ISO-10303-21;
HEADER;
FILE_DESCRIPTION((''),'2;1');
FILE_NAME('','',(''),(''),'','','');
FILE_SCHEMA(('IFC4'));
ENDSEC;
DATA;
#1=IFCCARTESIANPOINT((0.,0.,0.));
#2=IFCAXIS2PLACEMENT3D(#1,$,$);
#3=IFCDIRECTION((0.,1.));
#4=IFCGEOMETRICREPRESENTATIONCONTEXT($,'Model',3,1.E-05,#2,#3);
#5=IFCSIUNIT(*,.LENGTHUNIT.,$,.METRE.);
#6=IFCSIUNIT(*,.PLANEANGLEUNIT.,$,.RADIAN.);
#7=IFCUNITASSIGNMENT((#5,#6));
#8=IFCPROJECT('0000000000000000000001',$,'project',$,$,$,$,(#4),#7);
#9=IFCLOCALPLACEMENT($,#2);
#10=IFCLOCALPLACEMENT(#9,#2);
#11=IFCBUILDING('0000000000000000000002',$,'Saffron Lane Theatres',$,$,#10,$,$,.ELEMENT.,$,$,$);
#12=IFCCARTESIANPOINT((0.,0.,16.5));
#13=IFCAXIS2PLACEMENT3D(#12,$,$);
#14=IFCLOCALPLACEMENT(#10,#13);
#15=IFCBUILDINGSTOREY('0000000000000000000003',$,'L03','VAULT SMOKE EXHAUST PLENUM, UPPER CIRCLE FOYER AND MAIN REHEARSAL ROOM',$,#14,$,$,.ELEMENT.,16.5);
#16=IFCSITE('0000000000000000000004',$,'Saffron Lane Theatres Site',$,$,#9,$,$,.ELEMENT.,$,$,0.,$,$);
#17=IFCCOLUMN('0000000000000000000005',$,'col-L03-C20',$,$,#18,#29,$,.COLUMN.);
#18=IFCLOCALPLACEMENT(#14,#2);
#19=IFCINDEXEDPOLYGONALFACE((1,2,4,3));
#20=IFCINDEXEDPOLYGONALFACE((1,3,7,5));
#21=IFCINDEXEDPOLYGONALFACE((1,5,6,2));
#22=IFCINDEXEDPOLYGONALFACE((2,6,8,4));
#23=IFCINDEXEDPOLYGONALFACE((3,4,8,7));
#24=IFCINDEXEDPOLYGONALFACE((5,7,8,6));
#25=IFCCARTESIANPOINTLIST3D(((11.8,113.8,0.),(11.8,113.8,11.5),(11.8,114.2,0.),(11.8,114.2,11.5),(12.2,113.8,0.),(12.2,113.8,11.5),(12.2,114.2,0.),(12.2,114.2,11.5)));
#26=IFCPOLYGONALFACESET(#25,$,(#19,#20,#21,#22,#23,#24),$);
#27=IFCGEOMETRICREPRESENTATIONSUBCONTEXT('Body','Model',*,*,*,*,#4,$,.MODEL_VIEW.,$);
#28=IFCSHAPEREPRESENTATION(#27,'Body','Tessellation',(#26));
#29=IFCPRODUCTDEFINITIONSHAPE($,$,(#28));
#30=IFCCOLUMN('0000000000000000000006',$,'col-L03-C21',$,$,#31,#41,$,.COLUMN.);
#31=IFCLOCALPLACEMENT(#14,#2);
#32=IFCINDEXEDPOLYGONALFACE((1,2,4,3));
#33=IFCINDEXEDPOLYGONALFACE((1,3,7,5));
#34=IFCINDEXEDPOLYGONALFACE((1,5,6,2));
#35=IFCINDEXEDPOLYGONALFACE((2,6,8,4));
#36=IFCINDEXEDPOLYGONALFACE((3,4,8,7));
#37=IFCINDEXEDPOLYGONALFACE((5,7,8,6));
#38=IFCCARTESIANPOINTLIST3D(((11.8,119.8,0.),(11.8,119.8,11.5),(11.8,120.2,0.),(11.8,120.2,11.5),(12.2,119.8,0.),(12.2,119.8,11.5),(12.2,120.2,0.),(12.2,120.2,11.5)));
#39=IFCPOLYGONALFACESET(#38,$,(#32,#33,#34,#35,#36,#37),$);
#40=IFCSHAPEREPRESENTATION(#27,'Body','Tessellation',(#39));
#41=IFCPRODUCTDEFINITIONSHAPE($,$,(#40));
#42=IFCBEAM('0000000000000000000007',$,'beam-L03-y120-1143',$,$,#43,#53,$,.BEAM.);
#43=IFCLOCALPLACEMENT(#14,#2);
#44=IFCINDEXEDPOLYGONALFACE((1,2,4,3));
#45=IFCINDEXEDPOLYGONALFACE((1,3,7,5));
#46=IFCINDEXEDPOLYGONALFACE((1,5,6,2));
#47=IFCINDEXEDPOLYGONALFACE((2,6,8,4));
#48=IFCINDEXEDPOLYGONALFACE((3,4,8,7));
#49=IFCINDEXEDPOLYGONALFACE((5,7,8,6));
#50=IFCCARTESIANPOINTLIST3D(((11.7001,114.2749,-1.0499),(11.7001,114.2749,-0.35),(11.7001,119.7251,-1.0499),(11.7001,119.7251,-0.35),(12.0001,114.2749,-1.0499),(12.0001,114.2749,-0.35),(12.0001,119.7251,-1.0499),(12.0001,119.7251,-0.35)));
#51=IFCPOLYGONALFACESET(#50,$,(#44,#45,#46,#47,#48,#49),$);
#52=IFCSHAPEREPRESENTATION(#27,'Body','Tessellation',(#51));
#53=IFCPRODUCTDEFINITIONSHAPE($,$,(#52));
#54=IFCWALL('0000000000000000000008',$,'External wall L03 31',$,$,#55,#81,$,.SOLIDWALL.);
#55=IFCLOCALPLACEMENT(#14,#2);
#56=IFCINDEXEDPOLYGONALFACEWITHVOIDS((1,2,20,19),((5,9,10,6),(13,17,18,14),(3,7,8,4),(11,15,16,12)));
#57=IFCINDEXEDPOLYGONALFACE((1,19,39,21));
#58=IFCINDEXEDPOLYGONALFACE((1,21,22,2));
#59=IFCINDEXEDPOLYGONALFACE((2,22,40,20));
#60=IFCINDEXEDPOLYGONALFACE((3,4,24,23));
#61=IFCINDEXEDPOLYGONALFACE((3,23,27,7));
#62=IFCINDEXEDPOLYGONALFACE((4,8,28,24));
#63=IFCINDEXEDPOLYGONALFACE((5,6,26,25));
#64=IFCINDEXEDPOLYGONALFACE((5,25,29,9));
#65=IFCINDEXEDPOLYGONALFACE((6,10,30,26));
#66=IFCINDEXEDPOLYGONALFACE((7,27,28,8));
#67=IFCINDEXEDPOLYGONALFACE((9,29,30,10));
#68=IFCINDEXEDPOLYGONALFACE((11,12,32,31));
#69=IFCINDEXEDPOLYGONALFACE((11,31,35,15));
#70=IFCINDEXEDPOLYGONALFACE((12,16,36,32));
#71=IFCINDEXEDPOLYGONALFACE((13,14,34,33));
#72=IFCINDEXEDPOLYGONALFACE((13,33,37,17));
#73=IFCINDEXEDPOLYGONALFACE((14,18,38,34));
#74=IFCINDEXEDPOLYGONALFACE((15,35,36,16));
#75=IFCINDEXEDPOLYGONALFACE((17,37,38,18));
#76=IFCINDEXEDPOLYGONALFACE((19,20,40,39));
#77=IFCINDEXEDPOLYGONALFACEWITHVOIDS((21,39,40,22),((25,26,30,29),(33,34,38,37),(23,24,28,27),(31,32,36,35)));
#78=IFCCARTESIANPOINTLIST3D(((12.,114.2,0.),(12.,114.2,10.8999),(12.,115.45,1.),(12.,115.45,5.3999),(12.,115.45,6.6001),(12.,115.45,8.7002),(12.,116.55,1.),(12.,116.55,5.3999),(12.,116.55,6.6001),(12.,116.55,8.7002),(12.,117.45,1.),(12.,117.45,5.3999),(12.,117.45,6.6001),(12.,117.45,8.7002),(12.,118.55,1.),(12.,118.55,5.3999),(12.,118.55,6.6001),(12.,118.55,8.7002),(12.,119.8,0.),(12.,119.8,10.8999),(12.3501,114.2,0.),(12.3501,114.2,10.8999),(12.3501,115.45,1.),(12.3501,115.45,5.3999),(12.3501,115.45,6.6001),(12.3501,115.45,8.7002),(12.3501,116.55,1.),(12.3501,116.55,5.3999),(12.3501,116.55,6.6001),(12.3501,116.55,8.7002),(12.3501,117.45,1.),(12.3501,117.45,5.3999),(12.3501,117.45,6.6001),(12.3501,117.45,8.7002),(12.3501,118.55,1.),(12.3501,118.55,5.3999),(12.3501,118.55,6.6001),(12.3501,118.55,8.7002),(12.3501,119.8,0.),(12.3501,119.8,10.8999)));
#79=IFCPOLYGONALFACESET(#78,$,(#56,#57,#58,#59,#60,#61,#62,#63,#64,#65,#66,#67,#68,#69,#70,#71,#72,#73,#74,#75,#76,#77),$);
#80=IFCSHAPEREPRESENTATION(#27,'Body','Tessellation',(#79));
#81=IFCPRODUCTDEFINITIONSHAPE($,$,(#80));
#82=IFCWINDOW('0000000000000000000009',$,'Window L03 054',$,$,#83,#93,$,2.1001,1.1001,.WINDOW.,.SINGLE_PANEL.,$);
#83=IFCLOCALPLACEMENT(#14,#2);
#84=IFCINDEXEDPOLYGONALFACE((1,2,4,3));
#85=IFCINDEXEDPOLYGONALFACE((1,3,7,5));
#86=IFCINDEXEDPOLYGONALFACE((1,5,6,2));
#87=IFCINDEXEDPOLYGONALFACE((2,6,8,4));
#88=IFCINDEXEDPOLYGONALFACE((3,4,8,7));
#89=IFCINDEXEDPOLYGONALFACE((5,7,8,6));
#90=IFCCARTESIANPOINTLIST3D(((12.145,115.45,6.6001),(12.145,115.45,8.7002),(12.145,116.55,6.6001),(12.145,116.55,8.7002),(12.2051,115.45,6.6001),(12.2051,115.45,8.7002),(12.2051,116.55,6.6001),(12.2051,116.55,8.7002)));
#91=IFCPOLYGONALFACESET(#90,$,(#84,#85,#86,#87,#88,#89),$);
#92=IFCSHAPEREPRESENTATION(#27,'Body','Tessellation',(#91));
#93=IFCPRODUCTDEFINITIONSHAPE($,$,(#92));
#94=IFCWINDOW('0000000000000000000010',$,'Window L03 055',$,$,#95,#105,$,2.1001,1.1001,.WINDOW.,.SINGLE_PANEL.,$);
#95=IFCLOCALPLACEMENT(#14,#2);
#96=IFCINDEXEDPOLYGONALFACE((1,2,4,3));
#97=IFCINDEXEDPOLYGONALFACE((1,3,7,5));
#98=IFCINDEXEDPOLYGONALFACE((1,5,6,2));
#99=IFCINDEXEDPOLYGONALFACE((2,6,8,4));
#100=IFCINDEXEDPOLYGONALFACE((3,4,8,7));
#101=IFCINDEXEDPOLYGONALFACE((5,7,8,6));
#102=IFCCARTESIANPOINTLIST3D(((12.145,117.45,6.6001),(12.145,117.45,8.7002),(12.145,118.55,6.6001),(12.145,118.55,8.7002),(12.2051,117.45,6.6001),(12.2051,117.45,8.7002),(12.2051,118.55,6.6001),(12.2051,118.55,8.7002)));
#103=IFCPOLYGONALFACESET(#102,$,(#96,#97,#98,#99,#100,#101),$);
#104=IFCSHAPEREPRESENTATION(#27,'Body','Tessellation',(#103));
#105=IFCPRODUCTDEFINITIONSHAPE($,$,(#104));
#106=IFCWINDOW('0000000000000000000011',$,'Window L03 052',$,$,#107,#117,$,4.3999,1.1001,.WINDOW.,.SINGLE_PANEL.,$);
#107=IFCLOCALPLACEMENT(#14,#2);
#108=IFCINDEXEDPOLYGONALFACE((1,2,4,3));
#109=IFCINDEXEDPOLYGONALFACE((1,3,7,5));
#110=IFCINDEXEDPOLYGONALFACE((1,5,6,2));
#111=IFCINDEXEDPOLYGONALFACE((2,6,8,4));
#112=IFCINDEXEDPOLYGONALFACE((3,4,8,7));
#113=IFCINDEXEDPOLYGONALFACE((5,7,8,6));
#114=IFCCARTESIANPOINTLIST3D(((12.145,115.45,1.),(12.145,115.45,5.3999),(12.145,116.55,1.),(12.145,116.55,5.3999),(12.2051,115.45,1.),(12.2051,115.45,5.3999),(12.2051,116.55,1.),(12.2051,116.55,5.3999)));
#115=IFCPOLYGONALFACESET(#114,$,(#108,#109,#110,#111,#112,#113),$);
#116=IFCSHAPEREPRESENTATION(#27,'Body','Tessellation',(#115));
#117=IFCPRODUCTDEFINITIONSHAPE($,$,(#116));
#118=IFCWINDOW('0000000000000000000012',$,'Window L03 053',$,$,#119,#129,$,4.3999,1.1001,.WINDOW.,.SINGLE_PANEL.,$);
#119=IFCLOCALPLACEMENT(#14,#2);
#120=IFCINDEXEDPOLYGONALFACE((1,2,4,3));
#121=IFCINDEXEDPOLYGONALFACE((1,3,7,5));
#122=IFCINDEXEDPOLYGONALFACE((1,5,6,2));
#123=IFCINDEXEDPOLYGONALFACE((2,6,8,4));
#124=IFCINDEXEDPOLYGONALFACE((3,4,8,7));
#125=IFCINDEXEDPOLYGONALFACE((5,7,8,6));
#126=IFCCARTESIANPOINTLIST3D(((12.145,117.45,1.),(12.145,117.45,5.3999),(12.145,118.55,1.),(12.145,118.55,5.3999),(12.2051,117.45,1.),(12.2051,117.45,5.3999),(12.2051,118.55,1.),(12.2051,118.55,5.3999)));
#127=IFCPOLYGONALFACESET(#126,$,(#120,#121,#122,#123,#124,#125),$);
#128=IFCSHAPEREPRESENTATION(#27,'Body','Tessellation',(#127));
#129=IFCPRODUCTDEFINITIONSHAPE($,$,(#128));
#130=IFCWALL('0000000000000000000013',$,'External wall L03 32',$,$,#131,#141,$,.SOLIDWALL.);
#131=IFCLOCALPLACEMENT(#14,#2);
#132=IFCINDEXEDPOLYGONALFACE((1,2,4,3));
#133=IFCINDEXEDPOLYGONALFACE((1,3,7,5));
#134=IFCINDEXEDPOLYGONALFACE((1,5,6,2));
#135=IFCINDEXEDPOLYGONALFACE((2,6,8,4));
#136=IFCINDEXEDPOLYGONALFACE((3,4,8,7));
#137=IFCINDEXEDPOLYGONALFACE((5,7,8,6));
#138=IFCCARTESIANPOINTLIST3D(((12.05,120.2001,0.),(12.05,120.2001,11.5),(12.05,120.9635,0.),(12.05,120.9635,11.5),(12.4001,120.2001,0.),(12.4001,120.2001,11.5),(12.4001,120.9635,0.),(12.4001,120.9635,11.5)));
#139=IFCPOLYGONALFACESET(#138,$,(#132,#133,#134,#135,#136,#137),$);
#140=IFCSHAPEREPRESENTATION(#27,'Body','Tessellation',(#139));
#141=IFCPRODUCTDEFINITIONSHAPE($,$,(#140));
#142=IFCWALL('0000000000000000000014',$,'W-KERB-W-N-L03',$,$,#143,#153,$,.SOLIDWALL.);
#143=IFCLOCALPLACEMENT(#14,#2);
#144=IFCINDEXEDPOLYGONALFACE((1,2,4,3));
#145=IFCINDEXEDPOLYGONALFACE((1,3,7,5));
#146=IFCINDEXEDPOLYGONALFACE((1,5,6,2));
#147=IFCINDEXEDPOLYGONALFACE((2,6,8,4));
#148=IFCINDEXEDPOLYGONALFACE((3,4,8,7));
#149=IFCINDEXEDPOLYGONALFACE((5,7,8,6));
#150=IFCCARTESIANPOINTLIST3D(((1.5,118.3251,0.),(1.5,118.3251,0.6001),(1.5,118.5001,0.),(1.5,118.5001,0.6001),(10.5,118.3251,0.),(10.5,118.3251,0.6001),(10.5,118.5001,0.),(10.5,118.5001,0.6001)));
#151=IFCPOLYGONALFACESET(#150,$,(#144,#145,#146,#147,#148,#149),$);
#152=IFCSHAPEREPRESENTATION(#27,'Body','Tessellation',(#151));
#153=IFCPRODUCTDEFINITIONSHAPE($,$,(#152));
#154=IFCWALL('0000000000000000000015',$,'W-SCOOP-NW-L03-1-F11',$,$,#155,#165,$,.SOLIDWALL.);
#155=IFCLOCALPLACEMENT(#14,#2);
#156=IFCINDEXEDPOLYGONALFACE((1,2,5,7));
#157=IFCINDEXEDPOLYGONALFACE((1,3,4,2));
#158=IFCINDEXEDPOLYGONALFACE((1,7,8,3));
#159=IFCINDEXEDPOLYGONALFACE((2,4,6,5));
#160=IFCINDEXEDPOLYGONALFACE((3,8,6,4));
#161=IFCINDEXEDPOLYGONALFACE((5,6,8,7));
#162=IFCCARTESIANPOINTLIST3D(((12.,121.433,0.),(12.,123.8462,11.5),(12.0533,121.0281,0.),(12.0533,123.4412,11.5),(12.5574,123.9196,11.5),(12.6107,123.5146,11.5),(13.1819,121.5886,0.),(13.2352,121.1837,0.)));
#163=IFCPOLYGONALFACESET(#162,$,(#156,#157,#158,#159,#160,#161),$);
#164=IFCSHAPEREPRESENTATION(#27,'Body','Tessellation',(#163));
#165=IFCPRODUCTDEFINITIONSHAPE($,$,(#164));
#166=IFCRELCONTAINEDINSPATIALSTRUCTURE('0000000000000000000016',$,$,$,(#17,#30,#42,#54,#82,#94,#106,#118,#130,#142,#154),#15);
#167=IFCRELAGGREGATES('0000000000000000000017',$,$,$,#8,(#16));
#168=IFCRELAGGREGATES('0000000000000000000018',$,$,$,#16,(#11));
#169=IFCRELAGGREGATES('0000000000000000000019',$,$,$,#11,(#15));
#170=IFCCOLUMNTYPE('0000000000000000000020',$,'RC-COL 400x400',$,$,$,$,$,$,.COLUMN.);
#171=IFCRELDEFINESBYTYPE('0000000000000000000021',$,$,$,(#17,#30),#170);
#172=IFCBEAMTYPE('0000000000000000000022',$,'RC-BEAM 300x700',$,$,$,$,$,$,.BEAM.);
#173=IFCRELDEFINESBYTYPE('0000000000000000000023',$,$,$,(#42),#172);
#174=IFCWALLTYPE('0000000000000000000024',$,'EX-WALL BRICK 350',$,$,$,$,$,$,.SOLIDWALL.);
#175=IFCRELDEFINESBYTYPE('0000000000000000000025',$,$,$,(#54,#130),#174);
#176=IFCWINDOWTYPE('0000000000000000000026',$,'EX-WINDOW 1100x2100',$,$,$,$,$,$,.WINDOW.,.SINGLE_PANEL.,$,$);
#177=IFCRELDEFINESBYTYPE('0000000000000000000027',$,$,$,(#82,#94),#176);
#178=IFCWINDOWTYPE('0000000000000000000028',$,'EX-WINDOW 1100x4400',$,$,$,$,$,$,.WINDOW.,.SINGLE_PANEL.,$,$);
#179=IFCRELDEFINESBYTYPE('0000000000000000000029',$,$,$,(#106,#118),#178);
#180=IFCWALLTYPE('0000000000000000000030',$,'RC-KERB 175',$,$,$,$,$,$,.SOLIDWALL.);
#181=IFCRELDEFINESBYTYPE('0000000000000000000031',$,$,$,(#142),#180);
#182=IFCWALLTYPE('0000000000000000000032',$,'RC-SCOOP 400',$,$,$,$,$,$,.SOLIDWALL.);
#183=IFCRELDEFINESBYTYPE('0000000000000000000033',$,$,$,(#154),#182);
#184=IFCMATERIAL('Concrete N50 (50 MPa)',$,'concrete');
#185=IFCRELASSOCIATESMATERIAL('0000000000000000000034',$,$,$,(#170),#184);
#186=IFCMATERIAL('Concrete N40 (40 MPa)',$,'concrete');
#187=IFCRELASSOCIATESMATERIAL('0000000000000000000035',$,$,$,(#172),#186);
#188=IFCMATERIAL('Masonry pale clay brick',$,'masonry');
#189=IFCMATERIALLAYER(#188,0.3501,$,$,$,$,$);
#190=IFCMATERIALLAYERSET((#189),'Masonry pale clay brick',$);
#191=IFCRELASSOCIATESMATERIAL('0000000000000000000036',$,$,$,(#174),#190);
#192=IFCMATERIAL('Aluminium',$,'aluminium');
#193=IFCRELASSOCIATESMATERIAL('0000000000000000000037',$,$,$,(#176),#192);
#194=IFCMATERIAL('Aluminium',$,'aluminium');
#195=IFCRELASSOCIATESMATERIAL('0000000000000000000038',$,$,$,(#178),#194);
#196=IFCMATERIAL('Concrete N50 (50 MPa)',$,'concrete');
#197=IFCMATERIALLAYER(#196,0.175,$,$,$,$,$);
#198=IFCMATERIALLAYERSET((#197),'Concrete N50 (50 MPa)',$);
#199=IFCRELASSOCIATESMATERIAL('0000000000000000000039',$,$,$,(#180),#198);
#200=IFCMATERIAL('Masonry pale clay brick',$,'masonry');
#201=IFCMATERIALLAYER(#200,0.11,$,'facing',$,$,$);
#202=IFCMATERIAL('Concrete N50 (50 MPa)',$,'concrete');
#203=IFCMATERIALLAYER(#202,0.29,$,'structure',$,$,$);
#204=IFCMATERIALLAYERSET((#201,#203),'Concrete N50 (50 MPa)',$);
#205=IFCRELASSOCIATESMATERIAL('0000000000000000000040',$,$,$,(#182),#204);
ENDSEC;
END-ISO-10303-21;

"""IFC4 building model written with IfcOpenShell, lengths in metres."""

from ifc_helpers import new_model, si_unit, direction, frame, frame_2d, origin, origin_2d, place, context, subcontext, project, spatial, polyline, rectangle, outline, extrude, material, layer, layer_set, material_profile, profile_set, type_object, element, fill, save


model = new_model("IFC4")

# Units and contexts
model_context = context("Model", 3, precision=1e-05, world=origin(), true_north=direction((0.0, 1.0)))
body_context = subcontext(model_context, "Body", "Model", "MODEL_VIEW")
ifc_project = project(units=[si_unit("LENGTHUNIT", "METRE"), si_unit("PLANEANGLEUNIT", "RADIAN")], contexts=[model_context])

# Site, building, storey
site_placement = place(None, origin())
site = spatial("IfcSite", under=ifc_project, at=site_placement, Name="Saffron Lane Theatres Site", CompositionType="ELEMENT", RefElevation=0.0)
building_placement = place(site_placement, origin())
building = spatial("IfcBuilding", under=site, at=building_placement, Name="Saffron Lane Theatres", CompositionType="ELEMENT")
storey_placement = place(building_placement, frame((0.0, 0.0, 16.5)))
storey = spatial("IfcBuildingStorey", under=building, at=storey_placement, Name="L03", Description="VAULT SMOKE EXHAUST PLENUM, UPPER CIRCLE FOYER AND MAIN REHEARSAL ROOM", CompositionType="ELEMENT", Elevation=16.5)

# Columns
ifc_material_1 = material(Name="Concrete N50 (50 MPa)", Category="concrete")
ifc_material_profile_1 = material_profile(ifc_material_1, rectangle(XDim=0.3999, YDim=0.3999, at=origin_2d()))
ifc_profile_set_1 = profile_set([ifc_material_profile_1], Name="Concrete N50 (50 MPa)")
column_type = type_object("IfcColumnType", Name="RC-COL 400x400", PredefinedType="COLUMN", material=ifc_profile_set_1)
for number, where, z_axis, x_axis, name in (
    (1, (12.0, 114.0, 0.0), (0.0, 0.0, 1.0), (1.0, 0.0, 0.0), "col-L03-C20"),
    (2, (12.0, 120.0, 0.0), (0.0, 0.0, 1.0), (1.0, 0.0, 0.0), "col-L03-C21"),
):
    element("IfcColumn", number, at=place(storey_placement, frame(where, z_axis=z_axis, x_axis=x_axis)), inside=storey, type_object=column_type, Name=name, PredefinedType="COLUMN", context=body_context, shape_type="SweptSolid", body=[
        extrude(rectangle(XDim=0.3999, YDim=0.3999, at=origin_2d()), origin(), (0.0, 0.0, 1.0), 11.5),
    ])

# Beam
ifc_material_2 = material(Name="Concrete N40 (40 MPa)", Category="concrete")
ifc_material_profile_2 = material_profile(ifc_material_2, rectangle(XDim=0.3, YDim=0.7, at=origin_2d()))
ifc_profile_set_2 = profile_set([ifc_material_profile_2], Name="Concrete N40 (40 MPa)")
beam_type = type_object("IfcBeamType", Name="RC-BEAM 300x700", PredefinedType="BEAM", material=ifc_profile_set_2)
beam_placement = place(storey_placement, frame((11.8501, 114.2749, -0.7), z_axis=(0.0, 1.0, 0.0), x_axis=(-1.0, 0.0, 0.0)))
element("IfcBeam", 3, at=beam_placement, inside=storey, type_object=beam_type, Name="beam-L03-y120-1143", PredefinedType="BEAM", context=body_context, shape_type="SweptSolid", body=[
    extrude(rectangle(XDim=0.3, YDim=0.7, at=origin_2d()), origin(), (0.0, 0.0, 1.0), 5.4502),
])

# Wall, openings, windows
ifc_material_3 = material(Name="Masonry pale clay brick", Category="masonry")
ifc_layer_1 = layer(ifc_material_3, 0.3501)
ifc_layer_set_1 = layer_set([ifc_layer_1], Name="Masonry pale clay brick")
wall_type_1 = type_object("IfcWallType", Name="EX-WALL BRICK 350", PredefinedType="SOLIDWALL", material=ifc_layer_set_1)
wall_1_placement = place(storey_placement, frame((12.175, 114.2, 0.0), z_axis=(0.0, 0.0, 1.0), x_axis=(0.0, 1.0, 0.0)))
wall_1 = element("IfcWall", 4, at=wall_1_placement, inside=storey, type_object=wall_type_1, Name="External wall L03 31", PredefinedType="SOLIDWALL", context=body_context, shape_type="SweptSolid", body=[
    extrude(rectangle(XDim=5.6001, YDim=0.3501, at=frame_2d((2.8, 0.0))), origin(), (0.0, 0.0, 1.0), 10.8999),
])
opening_1_placement = place(wall_1_placement, frame((1.25, 0.0, 1.0)))
opening_1 = element("IfcOpeningElement", 5, at=opening_1_placement, cuts=wall_1, PredefinedType="OPENING", context=body_context, shape_type="SweptSolid", body=[
    extrude(rectangle(XDim=1.1001, YDim=4.3999, at=frame_2d((0.55, 2.2))), frame((0.0, 0.1851, 0.0), z_axis=(0.0, -1.0, 0.0), x_axis=(1.0, 0.0, 0.0)), (0.0, 0.0, 1.0), 0.3701),
])
opening_2_placement = place(wall_1_placement, frame((3.25, 0.0, 1.0)))
opening_2 = element("IfcOpeningElement", 6, at=opening_2_placement, cuts=wall_1, PredefinedType="OPENING", context=body_context, shape_type="SweptSolid", body=[
    extrude(rectangle(XDim=1.1001, YDim=4.3999, at=frame_2d((0.55, 2.2))), frame((0.0, 0.1851, 0.0), z_axis=(0.0, -1.0, 0.0), x_axis=(1.0, 0.0, 0.0)), (0.0, 0.0, 1.0), 0.3701),
])
opening_3_placement = place(wall_1_placement, frame((1.25, 0.0, 6.6001)))
opening_3 = element("IfcOpeningElement", 7, at=opening_3_placement, cuts=wall_1, PredefinedType="OPENING", context=body_context, shape_type="SweptSolid", body=[
    extrude(rectangle(XDim=1.1001, YDim=2.1001, at=frame_2d((0.55, 1.05))), frame((0.0, 0.1851, 0.0), z_axis=(0.0, -1.0, 0.0), x_axis=(1.0, 0.0, 0.0)), (0.0, 0.0, 1.0), 0.3701),
])
opening_4_placement = place(wall_1_placement, frame((3.25, 0.0, 6.6001)))
opening_4 = element("IfcOpeningElement", 8, at=opening_4_placement, cuts=wall_1, PredefinedType="OPENING", context=body_context, shape_type="SweptSolid", body=[
    extrude(rectangle(XDim=1.1001, YDim=2.1001, at=frame_2d((0.55, 1.05))), frame((0.0, 0.1851, 0.0), z_axis=(0.0, -1.0, 0.0), x_axis=(1.0, 0.0, 0.0)), (0.0, 0.0, 1.0), 0.3701),
])
ifc_material_4 = material(Name="Aluminium", Category="aluminium")
window_type_1 = type_object("IfcWindowType", Name="EX-WINDOW 1100x2100", PartitioningType="SINGLE_PANEL", PredefinedType="WINDOW", material=ifc_material_4)
window_1_placement = place(opening_3_placement, origin())
window_1 = element("IfcWindow", 9, at=window_1_placement, inside=storey, type_object=window_type_1, Name="Window L03 054", OverallHeight=2.1001, OverallWidth=1.1001, PartitioningType="SINGLE_PANEL", PredefinedType="WINDOW", context=body_context, shape_type="SweptSolid", body=[
    extrude(rectangle(XDim=1.1001, YDim=2.1001, at=frame_2d((0.55, 1.05))), frame((0.0, 0.03, 0.0), z_axis=(0.0, -1.0, 0.0), x_axis=(1.0, 0.0, 0.0)), (0.0, 0.0, 1.0), 0.0601),
])
fill(opening_3, window_1)
window_2_placement = place(opening_4_placement, origin())
window_2 = element("IfcWindow", 10, at=window_2_placement, inside=storey, type_object=window_type_1, Name="Window L03 055", OverallHeight=2.1001, OverallWidth=1.1001, PartitioningType="SINGLE_PANEL", PredefinedType="WINDOW", context=body_context, shape_type="SweptSolid", body=[
    extrude(rectangle(XDim=1.1001, YDim=2.1001, at=frame_2d((0.55, 1.05))), frame((0.0, 0.03, 0.0), z_axis=(0.0, -1.0, 0.0), x_axis=(1.0, 0.0, 0.0)), (0.0, 0.0, 1.0), 0.0601),
])
fill(opening_4, window_2)
ifc_material_5 = material(Name="Aluminium", Category="aluminium")
window_type_2 = type_object("IfcWindowType", Name="EX-WINDOW 1100x4400", PartitioningType="SINGLE_PANEL", PredefinedType="WINDOW", material=ifc_material_5)
window_3_placement = place(opening_1_placement, origin())
window_3 = element("IfcWindow", 11, at=window_3_placement, inside=storey, type_object=window_type_2, Name="Window L03 052", OverallHeight=4.3999, OverallWidth=1.1001, PartitioningType="SINGLE_PANEL", PredefinedType="WINDOW", context=body_context, shape_type="SweptSolid", body=[
    extrude(rectangle(XDim=1.1001, YDim=4.3999, at=frame_2d((0.55, 2.2))), frame((0.0, 0.03, 0.0), z_axis=(0.0, -1.0, 0.0), x_axis=(1.0, 0.0, 0.0)), (0.0, 0.0, 1.0), 0.0601),
])
fill(opening_1, window_3)
window_4_placement = place(opening_2_placement, origin())
window_4 = element("IfcWindow", 12, at=window_4_placement, inside=storey, type_object=window_type_2, Name="Window L03 053", OverallHeight=4.3999, OverallWidth=1.1001, PartitioningType="SINGLE_PANEL", PredefinedType="WINDOW", context=body_context, shape_type="SweptSolid", body=[
    extrude(rectangle(XDim=1.1001, YDim=4.3999, at=frame_2d((0.55, 2.2))), frame((0.0, 0.03, 0.0), z_axis=(0.0, -1.0, 0.0), x_axis=(1.0, 0.0, 0.0)), (0.0, 0.0, 1.0), 0.0601),
])
fill(opening_2, window_4)

# Walls
wall_2_placement = place(storey_placement, frame((12.2251, 120.2, 0.0), z_axis=(0.0, 0.0, 1.0), x_axis=(0.0, 1.0, 0.0)))
element("IfcWall", 13, at=wall_2_placement, inside=storey, type_object=wall_type_1, Name="External wall L03 32", PredefinedType="SOLIDWALL", context=body_context, shape_type="SweptSolid", body=[
    extrude(rectangle(XDim=0.7634, YDim=0.3501, at=frame_2d((0.3818, 0.0))), origin(), (0.0, 0.0, 1.0), 11.5),
])
ifc_material_6 = material(Name="Concrete N50 (50 MPa)", Category="concrete")
ifc_layer_2 = layer(ifc_material_6, 0.175)
ifc_layer_set_2 = layer_set([ifc_layer_2], Name="Concrete N50 (50 MPa)")
wall_type_2 = type_object("IfcWallType", Name="RC-KERB 175", PredefinedType="SOLIDWALL", material=ifc_layer_set_2)
wall_3_placement = place(storey_placement, frame((1.5, 118.4126, 0.0), z_axis=(0.0, 0.0, 1.0), x_axis=(1.0, 0.0, 0.0)))
element("IfcWall", 14, at=wall_3_placement, inside=storey, type_object=wall_type_2, Name="W-KERB-W-N-L03", PredefinedType="SOLIDWALL", context=body_context, shape_type="SweptSolid", body=[
    extrude(rectangle(XDim=9.0, YDim=0.175, at=frame_2d((4.5, 0.0))), origin(), (0.0, 0.0, 1.0), 0.6001),
])
ifc_material_7 = material(Name="Masonry pale clay brick", Category="masonry")
ifc_layer_3 = layer(ifc_material_7, 0.11, Name="facing")
ifc_material_8 = material(Name="Concrete N50 (50 MPa)", Category="concrete")
ifc_layer_4 = layer(ifc_material_8, 0.29, Name="structure")
ifc_layer_set_3 = layer_set([ifc_layer_3, ifc_layer_4], Name="Concrete N50 (50 MPa)")
wall_type_3 = type_object("IfcWallType", Name="RC-SCOOP 400", PredefinedType="SOLIDWALL", material=ifc_layer_set_3)
wall_4_placement = place(storey_placement, frame((13.1819, 121.5886, 0.0), z_axis=(0.127804, -0.970659, 0.203685), x_axis=(-0.991443, -0.130538, 0.000016)))
element("IfcWall", 15, at=wall_4_placement, inside=storey, type_object=wall_type_3, Name="W-SCOOP-NW-L03-1-F11", PredefinedType="SOLIDWALL", context=body_context, shape_type="SweptSolid", body=[
    extrude(outline(polyline([(0.0, 0.0), (1.1921, 0.0), (0.8773, -11.7462), (0.3151, -11.7463), (0.0, 0.0)])), origin(), (0.000012, 0.203685, 0.979036), 0.4084),
])

save(model, "model.ifc")
